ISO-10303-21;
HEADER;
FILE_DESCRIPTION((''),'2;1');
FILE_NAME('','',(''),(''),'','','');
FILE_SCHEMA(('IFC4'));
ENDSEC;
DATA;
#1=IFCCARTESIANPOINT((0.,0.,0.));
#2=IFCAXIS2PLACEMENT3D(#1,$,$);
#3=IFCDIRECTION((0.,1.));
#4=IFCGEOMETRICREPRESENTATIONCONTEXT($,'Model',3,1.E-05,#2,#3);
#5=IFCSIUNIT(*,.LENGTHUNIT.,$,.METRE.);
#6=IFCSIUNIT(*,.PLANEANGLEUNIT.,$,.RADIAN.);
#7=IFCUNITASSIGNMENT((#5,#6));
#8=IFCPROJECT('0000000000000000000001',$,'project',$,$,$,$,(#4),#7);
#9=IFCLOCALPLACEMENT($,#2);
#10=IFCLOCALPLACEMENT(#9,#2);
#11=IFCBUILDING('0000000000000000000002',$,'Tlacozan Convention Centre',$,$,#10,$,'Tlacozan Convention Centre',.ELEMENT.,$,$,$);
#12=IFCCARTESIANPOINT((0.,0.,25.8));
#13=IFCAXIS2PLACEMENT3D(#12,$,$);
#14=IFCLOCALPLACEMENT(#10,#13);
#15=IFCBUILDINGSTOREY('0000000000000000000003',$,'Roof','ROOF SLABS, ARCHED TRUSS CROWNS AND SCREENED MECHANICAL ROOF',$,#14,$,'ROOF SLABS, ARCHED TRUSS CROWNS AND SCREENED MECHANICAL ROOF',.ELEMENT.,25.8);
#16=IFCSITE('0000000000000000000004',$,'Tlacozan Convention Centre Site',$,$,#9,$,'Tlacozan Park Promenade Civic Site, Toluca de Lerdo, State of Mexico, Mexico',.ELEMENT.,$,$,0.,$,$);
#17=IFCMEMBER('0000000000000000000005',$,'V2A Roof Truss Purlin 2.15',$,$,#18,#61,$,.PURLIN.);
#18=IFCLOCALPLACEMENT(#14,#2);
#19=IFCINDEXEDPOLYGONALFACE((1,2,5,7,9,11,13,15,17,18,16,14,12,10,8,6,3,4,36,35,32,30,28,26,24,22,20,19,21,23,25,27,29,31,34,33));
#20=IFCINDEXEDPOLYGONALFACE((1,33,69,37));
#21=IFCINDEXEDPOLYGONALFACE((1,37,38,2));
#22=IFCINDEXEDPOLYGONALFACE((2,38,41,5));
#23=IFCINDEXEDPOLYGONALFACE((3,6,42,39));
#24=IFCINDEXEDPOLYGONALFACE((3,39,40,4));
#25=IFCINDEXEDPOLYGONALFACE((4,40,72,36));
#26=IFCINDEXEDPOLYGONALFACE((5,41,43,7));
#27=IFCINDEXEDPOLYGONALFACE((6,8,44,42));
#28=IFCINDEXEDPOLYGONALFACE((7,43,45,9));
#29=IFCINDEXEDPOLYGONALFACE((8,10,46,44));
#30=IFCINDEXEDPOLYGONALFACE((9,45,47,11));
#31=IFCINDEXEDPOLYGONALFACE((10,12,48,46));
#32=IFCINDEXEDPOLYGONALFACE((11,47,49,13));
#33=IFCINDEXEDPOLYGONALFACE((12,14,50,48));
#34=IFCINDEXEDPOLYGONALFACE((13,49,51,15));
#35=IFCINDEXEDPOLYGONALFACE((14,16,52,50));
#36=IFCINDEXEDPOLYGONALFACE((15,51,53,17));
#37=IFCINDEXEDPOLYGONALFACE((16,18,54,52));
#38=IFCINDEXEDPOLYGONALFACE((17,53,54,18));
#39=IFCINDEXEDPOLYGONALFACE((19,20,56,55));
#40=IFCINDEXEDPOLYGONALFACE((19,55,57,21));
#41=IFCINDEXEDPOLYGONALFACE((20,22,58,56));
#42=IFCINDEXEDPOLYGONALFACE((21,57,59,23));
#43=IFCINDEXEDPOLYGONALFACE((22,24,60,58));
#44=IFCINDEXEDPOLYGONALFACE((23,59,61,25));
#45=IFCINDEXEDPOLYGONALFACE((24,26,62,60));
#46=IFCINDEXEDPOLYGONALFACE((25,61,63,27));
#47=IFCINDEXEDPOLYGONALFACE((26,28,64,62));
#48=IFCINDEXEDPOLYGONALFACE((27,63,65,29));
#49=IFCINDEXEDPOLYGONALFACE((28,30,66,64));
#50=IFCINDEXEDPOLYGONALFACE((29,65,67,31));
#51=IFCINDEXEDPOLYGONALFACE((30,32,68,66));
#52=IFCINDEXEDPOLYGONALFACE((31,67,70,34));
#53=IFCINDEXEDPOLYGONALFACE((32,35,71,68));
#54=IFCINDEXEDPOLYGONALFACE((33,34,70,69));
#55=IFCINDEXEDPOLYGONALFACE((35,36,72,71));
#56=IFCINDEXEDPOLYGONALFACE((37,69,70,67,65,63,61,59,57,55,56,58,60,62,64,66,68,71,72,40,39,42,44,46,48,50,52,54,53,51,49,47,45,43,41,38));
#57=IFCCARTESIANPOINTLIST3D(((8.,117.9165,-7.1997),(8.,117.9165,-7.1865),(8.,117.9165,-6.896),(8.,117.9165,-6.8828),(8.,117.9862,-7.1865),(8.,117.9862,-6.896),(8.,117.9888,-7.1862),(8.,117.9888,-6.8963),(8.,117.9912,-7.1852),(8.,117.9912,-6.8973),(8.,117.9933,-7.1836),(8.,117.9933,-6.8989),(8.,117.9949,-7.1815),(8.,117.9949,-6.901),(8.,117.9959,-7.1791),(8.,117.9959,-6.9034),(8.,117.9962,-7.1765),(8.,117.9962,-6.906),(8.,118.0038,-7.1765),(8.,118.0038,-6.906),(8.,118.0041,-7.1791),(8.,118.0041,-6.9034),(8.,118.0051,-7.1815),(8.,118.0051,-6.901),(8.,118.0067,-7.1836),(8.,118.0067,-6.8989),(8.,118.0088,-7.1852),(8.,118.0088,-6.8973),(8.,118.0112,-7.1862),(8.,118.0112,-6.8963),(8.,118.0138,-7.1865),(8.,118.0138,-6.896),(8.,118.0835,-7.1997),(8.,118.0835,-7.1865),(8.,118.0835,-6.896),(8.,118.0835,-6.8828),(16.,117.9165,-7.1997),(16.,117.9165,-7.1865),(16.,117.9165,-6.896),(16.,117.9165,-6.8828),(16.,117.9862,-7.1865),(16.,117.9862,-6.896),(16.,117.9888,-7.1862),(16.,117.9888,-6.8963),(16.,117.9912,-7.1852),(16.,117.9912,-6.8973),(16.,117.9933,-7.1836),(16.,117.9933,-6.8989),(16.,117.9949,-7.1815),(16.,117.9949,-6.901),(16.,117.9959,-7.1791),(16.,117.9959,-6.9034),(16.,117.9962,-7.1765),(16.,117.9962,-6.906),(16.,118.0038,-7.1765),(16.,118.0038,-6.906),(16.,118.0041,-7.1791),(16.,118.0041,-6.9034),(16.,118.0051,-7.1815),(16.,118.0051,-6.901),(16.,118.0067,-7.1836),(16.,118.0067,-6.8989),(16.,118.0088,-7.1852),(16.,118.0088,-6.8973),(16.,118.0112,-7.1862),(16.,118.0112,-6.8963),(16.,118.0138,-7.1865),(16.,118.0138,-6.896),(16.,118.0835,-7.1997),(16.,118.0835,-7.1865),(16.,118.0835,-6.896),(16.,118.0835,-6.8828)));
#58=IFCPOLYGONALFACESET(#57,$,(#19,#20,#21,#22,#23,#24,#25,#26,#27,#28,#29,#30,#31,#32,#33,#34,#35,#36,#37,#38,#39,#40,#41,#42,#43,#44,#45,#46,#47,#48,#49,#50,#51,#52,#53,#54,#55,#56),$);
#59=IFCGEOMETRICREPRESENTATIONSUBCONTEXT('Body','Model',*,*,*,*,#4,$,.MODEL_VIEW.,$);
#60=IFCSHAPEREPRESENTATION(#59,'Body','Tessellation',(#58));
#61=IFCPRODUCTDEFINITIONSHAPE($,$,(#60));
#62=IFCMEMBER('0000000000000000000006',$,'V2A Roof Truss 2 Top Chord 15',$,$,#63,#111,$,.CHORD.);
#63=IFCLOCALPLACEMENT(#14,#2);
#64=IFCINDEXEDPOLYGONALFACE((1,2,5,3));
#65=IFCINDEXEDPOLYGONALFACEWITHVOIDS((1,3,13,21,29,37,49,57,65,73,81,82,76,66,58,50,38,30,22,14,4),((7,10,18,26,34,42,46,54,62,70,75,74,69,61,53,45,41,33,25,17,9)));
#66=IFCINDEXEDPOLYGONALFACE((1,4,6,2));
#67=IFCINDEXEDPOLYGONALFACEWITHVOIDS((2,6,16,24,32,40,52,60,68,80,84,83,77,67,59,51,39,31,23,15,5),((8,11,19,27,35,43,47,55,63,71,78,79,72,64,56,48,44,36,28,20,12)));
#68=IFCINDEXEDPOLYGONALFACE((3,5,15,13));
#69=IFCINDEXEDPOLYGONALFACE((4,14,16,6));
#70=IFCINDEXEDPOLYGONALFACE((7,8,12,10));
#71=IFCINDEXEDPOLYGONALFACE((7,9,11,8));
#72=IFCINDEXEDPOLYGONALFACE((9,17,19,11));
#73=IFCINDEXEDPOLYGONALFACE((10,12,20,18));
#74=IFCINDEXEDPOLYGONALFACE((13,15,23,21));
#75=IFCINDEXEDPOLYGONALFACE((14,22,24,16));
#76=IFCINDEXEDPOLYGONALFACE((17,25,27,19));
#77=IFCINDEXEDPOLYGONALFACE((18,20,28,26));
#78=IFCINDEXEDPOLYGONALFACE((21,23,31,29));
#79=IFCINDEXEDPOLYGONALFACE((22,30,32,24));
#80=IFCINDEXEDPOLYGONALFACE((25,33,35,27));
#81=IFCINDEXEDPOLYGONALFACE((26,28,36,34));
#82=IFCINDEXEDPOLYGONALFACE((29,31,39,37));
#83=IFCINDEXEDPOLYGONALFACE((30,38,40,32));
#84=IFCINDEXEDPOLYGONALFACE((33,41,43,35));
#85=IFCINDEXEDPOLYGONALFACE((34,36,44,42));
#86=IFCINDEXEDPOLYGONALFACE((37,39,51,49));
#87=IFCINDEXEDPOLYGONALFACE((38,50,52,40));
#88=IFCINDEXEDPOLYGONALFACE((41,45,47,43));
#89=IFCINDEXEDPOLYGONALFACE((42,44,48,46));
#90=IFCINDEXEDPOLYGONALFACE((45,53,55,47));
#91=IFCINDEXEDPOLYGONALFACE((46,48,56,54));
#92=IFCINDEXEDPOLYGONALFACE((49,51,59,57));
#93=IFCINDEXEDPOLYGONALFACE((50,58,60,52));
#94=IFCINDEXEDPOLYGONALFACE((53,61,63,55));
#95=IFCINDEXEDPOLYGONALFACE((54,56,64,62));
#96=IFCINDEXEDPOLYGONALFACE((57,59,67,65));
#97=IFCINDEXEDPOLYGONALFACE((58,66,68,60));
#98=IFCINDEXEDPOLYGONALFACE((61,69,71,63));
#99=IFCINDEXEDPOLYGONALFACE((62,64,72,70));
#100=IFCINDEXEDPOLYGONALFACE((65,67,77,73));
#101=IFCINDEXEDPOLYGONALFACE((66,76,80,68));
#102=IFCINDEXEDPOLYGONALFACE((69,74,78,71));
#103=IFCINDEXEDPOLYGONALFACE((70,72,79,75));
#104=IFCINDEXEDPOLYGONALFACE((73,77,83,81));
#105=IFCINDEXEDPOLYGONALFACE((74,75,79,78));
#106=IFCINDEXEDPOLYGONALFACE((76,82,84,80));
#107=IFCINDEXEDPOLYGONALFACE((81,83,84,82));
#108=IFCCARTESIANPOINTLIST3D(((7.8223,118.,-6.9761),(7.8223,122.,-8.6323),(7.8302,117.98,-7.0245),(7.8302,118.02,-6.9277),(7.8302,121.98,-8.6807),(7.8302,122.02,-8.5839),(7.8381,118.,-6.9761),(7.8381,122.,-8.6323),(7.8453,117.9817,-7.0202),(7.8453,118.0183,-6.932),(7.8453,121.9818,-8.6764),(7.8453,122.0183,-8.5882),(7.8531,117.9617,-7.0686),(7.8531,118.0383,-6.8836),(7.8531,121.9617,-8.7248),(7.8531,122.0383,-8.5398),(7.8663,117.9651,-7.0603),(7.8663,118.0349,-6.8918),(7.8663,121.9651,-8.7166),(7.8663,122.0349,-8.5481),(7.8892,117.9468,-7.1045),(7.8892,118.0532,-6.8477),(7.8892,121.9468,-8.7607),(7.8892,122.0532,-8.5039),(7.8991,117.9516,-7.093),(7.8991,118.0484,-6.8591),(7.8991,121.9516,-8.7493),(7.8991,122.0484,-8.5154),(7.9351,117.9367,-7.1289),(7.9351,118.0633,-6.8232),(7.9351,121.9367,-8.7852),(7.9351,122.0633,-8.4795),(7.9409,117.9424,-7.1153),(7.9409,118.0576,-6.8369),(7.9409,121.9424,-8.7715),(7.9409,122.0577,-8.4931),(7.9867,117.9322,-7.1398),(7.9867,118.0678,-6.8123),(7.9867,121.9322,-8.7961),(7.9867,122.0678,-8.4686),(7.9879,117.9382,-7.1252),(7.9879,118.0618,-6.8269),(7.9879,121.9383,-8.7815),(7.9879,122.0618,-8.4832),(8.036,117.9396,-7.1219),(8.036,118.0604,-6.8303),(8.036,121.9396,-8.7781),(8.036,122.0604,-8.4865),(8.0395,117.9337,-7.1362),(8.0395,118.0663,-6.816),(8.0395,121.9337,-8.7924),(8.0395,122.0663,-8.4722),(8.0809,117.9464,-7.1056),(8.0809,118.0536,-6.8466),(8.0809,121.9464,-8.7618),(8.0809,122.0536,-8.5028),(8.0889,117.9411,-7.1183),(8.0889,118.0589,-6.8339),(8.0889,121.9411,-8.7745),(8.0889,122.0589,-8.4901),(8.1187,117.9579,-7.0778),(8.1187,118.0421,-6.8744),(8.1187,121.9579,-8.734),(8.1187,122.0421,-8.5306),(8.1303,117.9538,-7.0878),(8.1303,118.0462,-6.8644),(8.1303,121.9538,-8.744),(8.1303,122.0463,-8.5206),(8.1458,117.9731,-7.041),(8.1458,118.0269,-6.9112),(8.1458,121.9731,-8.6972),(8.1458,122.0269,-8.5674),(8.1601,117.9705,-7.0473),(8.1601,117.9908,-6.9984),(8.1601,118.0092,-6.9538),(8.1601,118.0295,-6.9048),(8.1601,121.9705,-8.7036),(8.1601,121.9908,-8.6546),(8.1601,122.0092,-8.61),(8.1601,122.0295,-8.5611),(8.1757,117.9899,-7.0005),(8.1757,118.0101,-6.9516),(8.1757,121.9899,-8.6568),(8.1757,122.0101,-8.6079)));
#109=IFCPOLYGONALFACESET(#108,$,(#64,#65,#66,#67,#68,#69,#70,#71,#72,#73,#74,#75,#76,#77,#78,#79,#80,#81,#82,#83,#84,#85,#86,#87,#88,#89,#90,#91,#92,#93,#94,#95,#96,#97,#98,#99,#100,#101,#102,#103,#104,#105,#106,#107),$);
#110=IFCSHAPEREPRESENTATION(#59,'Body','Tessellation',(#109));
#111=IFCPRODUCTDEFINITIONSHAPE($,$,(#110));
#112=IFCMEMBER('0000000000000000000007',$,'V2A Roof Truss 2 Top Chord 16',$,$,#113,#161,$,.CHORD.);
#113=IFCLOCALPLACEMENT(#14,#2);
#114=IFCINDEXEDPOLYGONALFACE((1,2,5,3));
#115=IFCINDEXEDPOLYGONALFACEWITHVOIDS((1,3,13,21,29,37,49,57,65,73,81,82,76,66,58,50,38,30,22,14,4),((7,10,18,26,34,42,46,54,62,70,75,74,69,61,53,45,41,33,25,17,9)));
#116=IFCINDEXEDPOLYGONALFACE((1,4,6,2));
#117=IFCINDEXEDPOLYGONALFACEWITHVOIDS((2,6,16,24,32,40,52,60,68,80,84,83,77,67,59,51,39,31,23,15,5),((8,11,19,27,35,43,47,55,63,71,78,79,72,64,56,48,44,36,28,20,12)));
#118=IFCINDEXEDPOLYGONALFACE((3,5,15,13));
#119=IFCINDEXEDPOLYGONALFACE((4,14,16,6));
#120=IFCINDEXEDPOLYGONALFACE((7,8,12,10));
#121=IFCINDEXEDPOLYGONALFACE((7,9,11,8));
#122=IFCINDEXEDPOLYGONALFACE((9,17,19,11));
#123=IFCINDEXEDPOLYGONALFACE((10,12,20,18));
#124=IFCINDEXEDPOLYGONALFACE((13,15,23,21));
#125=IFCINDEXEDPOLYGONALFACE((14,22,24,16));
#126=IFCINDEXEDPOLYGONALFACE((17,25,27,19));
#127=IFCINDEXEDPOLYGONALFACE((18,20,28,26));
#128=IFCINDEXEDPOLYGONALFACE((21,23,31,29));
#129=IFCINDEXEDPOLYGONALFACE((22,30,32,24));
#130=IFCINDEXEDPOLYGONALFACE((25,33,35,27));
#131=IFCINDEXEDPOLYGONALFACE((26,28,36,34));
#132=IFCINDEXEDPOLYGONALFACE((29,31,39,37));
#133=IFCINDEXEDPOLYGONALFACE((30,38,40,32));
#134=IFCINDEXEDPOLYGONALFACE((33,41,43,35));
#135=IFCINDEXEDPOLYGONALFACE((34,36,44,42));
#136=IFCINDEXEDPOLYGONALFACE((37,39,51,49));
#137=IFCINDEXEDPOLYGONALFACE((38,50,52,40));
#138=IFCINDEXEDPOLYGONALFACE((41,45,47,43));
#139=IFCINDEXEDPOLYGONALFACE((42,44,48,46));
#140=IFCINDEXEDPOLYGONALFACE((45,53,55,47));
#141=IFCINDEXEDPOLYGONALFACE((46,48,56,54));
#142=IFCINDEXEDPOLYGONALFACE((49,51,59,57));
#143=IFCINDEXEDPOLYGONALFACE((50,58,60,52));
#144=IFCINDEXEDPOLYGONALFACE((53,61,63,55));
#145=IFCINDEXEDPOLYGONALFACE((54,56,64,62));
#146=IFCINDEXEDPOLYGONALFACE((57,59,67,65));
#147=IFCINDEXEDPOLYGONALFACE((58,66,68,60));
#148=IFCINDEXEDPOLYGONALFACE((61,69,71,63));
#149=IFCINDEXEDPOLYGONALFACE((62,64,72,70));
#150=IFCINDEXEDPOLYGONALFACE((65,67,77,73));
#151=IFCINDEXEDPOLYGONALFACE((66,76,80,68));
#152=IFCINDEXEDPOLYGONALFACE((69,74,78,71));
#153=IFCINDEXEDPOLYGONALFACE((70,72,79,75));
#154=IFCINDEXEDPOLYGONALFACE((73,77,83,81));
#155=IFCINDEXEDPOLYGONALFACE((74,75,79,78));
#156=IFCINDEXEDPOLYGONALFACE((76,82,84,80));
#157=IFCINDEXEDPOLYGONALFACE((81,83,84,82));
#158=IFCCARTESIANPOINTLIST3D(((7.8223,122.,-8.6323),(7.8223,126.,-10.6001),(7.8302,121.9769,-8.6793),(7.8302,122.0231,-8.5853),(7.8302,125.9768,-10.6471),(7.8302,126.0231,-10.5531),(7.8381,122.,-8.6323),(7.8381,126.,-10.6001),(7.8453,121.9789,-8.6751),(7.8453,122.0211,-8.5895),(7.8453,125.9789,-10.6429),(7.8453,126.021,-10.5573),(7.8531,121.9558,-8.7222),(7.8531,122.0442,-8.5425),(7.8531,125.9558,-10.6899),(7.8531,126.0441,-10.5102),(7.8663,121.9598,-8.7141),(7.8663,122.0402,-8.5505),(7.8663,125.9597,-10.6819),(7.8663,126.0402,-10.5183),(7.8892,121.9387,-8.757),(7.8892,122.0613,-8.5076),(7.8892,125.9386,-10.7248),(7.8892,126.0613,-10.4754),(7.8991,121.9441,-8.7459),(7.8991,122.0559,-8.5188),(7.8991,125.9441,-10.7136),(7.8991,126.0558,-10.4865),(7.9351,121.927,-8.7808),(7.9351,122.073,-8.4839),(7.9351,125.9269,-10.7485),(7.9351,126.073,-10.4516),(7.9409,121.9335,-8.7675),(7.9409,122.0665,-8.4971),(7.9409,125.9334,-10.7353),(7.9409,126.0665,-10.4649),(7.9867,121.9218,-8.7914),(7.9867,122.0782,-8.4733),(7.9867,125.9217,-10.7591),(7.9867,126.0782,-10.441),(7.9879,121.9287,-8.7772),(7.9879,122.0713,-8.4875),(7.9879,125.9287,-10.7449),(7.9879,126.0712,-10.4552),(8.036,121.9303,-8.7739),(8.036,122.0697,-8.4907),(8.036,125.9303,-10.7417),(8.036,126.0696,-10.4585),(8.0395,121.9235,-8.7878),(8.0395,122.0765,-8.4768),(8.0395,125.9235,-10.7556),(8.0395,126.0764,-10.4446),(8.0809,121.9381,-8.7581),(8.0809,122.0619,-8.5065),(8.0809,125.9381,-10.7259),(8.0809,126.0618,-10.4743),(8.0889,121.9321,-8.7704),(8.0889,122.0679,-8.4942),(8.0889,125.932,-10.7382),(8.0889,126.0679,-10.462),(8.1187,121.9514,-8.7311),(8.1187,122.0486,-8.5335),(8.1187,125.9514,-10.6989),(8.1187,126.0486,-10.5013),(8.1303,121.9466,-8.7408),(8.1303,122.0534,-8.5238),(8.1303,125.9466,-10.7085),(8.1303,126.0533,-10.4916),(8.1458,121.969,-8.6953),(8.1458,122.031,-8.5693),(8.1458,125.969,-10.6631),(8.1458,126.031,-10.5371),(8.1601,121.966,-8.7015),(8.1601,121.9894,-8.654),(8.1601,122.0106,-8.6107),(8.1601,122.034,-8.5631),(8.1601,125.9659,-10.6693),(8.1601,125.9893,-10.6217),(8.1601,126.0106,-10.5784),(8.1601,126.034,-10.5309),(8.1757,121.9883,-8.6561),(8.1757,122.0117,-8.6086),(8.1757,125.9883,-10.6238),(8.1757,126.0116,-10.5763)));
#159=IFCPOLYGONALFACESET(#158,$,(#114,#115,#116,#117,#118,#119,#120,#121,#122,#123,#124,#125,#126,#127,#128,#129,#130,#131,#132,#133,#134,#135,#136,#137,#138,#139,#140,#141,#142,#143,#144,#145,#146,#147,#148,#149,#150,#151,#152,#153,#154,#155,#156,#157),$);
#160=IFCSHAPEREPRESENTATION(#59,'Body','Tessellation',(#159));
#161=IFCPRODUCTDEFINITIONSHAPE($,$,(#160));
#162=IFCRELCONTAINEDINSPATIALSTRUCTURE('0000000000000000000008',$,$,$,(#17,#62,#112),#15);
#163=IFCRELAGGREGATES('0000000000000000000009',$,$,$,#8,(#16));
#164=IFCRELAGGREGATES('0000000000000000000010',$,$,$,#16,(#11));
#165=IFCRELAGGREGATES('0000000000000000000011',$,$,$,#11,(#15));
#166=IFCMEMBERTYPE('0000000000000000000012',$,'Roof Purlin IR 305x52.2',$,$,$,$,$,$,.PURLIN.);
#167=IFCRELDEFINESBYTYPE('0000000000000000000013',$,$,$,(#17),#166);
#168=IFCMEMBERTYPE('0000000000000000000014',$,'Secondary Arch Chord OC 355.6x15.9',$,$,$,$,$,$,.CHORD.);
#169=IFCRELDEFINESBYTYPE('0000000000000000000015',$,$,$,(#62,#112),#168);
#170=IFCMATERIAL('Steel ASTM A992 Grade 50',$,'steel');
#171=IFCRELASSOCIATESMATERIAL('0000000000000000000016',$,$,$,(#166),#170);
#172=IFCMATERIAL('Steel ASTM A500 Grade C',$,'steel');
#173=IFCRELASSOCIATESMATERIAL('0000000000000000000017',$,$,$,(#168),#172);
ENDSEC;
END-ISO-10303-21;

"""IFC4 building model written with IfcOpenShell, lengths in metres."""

from ifc_helpers import new_model, si_unit, direction, frame, origin, origin_2d, place, context, subcontext, project, spatial, hollow_circle, i_section, extrude, material, material_profile, profile_set, type_object, element, save


model = new_model("IFC4")

# Units and contexts
model_context = context("Model", 3, precision=1e-05, world=origin(), true_north=direction((0.0, 1.0)))
body_context = subcontext(model_context, "Body", "Model", "MODEL_VIEW")
ifc_project = project(units=[si_unit("LENGTHUNIT", "METRE"), si_unit("PLANEANGLEUNIT", "RADIAN")], contexts=[model_context])

# Site, building, storey
site_placement = place(None, origin())
site = spatial("IfcSite", under=ifc_project, at=site_placement, Name="Tlacozan Convention Centre Site", LongName="Tlacozan Park Promenade Civic Site, Toluca de Lerdo, State of Mexico, Mexico", CompositionType="ELEMENT", RefElevation=0.0)
building_placement = place(site_placement, origin())
building = spatial("IfcBuilding", under=site, at=building_placement, Name="Tlacozan Convention Centre", LongName="Tlacozan Convention Centre", CompositionType="ELEMENT")
storey_placement = place(building_placement, frame((0.0, 0.0, 25.8)))
storey = spatial("IfcBuildingStorey", under=building, at=storey_placement, Name="Roof", Description="ROOF SLABS, ARCHED TRUSS CROWNS AND SCREENED MECHANICAL ROOF", LongName="ROOF SLABS, ARCHED TRUSS CROWNS AND SCREENED MECHANICAL ROOF", CompositionType="ELEMENT", Elevation=25.8)

# Members
ifc_material_1 = material(Name="Steel ASTM A500 Grade C", Category="steel")
ifc_material_2 = material(Name="Steel ASTM A992 Grade 50", Category="steel")
ifc_material_profile_1 = material_profile(ifc_material_2, i_section(OverallWidth=0.167, OverallDepth=0.3169, WebThickness=0.0076, FlangeThickness=0.0132, FilletRadius=0.01, at=origin_2d()), Name="IR 305x52.2")
ifc_profile_set_1 = profile_set([ifc_material_profile_1], Name="Steel ASTM A992 Grade 50")
member_type_1 = type_object("IfcMemberType", Name="Roof Purlin IR 305x52.2", PredefinedType="PURLIN", material=ifc_profile_set_1)
member_1_placement = place(storey_placement, frame((8.0, 118.0, -7.0413), z_axis=(1.0, 0.0, 0.0), x_axis=(0.0, 1.0, 0.0)))
element("IfcMember", 1, at=member_1_placement, inside=storey, type_object=member_type_1, Name="V2A Roof Truss Purlin 2.15", PredefinedType="PURLIN", context=body_context, shape_type="SweptSolid", body=[
    extrude(i_section(OverallWidth=0.167, OverallDepth=0.3169, WebThickness=0.0076, FlangeThickness=0.0132, FilletRadius=0.01, at=origin_2d()), origin(), (0.0, 0.0, 1.0), 8.0),
])
ifc_material_profile_2 = material_profile(ifc_material_1, hollow_circle(Radius=0.1777, WallThickness=0.0159, at=origin_2d()), Name="OC 355.6x15.9")
ifc_profile_set_2 = profile_set([ifc_material_profile_2], Name="Steel ASTM A500 Grade C")
member_type_2 = type_object("IfcMemberType", Name="Secondary Arch Chord OC 355.6x15.9", PredefinedType="CHORD", material=ifc_profile_set_2)
member_2_placement = place(storey_placement, frame((8.0, 118.0, -6.9761), z_axis=(0.0, 0.923929, -0.382564), x_axis=(-1.0, 0.0, 0.0)))
element("IfcMember", 2, at=member_2_placement, inside=storey, type_object=member_type_2, Name="V2A Roof Truss 2 Top Chord 15", PredefinedType="CHORD", context=body_context, shape_type="SweptSolid", body=[
    extrude(hollow_circle(Radius=0.1777, WallThickness=0.0159, at=origin_2d()), origin(), (0.0, 0.0, 1.0), 4.3293),
])
member_3_placement = place(storey_placement, frame((8.0, 122.0, -8.6323), z_axis=(0.0, 0.8973, -0.441421), x_axis=(-1.0, 0.0, 0.0)))
element("IfcMember", 3, at=member_3_placement, inside=storey, type_object=member_type_2, Name="V2A Roof Truss 2 Top Chord 16", PredefinedType="CHORD", context=body_context, shape_type="SweptSolid", body=[
    extrude(hollow_circle(Radius=0.1777, WallThickness=0.0159, at=origin_2d()), origin(), (0.0, 0.0, 1.0), 4.4578),
])

save(model, "model.ifc")
